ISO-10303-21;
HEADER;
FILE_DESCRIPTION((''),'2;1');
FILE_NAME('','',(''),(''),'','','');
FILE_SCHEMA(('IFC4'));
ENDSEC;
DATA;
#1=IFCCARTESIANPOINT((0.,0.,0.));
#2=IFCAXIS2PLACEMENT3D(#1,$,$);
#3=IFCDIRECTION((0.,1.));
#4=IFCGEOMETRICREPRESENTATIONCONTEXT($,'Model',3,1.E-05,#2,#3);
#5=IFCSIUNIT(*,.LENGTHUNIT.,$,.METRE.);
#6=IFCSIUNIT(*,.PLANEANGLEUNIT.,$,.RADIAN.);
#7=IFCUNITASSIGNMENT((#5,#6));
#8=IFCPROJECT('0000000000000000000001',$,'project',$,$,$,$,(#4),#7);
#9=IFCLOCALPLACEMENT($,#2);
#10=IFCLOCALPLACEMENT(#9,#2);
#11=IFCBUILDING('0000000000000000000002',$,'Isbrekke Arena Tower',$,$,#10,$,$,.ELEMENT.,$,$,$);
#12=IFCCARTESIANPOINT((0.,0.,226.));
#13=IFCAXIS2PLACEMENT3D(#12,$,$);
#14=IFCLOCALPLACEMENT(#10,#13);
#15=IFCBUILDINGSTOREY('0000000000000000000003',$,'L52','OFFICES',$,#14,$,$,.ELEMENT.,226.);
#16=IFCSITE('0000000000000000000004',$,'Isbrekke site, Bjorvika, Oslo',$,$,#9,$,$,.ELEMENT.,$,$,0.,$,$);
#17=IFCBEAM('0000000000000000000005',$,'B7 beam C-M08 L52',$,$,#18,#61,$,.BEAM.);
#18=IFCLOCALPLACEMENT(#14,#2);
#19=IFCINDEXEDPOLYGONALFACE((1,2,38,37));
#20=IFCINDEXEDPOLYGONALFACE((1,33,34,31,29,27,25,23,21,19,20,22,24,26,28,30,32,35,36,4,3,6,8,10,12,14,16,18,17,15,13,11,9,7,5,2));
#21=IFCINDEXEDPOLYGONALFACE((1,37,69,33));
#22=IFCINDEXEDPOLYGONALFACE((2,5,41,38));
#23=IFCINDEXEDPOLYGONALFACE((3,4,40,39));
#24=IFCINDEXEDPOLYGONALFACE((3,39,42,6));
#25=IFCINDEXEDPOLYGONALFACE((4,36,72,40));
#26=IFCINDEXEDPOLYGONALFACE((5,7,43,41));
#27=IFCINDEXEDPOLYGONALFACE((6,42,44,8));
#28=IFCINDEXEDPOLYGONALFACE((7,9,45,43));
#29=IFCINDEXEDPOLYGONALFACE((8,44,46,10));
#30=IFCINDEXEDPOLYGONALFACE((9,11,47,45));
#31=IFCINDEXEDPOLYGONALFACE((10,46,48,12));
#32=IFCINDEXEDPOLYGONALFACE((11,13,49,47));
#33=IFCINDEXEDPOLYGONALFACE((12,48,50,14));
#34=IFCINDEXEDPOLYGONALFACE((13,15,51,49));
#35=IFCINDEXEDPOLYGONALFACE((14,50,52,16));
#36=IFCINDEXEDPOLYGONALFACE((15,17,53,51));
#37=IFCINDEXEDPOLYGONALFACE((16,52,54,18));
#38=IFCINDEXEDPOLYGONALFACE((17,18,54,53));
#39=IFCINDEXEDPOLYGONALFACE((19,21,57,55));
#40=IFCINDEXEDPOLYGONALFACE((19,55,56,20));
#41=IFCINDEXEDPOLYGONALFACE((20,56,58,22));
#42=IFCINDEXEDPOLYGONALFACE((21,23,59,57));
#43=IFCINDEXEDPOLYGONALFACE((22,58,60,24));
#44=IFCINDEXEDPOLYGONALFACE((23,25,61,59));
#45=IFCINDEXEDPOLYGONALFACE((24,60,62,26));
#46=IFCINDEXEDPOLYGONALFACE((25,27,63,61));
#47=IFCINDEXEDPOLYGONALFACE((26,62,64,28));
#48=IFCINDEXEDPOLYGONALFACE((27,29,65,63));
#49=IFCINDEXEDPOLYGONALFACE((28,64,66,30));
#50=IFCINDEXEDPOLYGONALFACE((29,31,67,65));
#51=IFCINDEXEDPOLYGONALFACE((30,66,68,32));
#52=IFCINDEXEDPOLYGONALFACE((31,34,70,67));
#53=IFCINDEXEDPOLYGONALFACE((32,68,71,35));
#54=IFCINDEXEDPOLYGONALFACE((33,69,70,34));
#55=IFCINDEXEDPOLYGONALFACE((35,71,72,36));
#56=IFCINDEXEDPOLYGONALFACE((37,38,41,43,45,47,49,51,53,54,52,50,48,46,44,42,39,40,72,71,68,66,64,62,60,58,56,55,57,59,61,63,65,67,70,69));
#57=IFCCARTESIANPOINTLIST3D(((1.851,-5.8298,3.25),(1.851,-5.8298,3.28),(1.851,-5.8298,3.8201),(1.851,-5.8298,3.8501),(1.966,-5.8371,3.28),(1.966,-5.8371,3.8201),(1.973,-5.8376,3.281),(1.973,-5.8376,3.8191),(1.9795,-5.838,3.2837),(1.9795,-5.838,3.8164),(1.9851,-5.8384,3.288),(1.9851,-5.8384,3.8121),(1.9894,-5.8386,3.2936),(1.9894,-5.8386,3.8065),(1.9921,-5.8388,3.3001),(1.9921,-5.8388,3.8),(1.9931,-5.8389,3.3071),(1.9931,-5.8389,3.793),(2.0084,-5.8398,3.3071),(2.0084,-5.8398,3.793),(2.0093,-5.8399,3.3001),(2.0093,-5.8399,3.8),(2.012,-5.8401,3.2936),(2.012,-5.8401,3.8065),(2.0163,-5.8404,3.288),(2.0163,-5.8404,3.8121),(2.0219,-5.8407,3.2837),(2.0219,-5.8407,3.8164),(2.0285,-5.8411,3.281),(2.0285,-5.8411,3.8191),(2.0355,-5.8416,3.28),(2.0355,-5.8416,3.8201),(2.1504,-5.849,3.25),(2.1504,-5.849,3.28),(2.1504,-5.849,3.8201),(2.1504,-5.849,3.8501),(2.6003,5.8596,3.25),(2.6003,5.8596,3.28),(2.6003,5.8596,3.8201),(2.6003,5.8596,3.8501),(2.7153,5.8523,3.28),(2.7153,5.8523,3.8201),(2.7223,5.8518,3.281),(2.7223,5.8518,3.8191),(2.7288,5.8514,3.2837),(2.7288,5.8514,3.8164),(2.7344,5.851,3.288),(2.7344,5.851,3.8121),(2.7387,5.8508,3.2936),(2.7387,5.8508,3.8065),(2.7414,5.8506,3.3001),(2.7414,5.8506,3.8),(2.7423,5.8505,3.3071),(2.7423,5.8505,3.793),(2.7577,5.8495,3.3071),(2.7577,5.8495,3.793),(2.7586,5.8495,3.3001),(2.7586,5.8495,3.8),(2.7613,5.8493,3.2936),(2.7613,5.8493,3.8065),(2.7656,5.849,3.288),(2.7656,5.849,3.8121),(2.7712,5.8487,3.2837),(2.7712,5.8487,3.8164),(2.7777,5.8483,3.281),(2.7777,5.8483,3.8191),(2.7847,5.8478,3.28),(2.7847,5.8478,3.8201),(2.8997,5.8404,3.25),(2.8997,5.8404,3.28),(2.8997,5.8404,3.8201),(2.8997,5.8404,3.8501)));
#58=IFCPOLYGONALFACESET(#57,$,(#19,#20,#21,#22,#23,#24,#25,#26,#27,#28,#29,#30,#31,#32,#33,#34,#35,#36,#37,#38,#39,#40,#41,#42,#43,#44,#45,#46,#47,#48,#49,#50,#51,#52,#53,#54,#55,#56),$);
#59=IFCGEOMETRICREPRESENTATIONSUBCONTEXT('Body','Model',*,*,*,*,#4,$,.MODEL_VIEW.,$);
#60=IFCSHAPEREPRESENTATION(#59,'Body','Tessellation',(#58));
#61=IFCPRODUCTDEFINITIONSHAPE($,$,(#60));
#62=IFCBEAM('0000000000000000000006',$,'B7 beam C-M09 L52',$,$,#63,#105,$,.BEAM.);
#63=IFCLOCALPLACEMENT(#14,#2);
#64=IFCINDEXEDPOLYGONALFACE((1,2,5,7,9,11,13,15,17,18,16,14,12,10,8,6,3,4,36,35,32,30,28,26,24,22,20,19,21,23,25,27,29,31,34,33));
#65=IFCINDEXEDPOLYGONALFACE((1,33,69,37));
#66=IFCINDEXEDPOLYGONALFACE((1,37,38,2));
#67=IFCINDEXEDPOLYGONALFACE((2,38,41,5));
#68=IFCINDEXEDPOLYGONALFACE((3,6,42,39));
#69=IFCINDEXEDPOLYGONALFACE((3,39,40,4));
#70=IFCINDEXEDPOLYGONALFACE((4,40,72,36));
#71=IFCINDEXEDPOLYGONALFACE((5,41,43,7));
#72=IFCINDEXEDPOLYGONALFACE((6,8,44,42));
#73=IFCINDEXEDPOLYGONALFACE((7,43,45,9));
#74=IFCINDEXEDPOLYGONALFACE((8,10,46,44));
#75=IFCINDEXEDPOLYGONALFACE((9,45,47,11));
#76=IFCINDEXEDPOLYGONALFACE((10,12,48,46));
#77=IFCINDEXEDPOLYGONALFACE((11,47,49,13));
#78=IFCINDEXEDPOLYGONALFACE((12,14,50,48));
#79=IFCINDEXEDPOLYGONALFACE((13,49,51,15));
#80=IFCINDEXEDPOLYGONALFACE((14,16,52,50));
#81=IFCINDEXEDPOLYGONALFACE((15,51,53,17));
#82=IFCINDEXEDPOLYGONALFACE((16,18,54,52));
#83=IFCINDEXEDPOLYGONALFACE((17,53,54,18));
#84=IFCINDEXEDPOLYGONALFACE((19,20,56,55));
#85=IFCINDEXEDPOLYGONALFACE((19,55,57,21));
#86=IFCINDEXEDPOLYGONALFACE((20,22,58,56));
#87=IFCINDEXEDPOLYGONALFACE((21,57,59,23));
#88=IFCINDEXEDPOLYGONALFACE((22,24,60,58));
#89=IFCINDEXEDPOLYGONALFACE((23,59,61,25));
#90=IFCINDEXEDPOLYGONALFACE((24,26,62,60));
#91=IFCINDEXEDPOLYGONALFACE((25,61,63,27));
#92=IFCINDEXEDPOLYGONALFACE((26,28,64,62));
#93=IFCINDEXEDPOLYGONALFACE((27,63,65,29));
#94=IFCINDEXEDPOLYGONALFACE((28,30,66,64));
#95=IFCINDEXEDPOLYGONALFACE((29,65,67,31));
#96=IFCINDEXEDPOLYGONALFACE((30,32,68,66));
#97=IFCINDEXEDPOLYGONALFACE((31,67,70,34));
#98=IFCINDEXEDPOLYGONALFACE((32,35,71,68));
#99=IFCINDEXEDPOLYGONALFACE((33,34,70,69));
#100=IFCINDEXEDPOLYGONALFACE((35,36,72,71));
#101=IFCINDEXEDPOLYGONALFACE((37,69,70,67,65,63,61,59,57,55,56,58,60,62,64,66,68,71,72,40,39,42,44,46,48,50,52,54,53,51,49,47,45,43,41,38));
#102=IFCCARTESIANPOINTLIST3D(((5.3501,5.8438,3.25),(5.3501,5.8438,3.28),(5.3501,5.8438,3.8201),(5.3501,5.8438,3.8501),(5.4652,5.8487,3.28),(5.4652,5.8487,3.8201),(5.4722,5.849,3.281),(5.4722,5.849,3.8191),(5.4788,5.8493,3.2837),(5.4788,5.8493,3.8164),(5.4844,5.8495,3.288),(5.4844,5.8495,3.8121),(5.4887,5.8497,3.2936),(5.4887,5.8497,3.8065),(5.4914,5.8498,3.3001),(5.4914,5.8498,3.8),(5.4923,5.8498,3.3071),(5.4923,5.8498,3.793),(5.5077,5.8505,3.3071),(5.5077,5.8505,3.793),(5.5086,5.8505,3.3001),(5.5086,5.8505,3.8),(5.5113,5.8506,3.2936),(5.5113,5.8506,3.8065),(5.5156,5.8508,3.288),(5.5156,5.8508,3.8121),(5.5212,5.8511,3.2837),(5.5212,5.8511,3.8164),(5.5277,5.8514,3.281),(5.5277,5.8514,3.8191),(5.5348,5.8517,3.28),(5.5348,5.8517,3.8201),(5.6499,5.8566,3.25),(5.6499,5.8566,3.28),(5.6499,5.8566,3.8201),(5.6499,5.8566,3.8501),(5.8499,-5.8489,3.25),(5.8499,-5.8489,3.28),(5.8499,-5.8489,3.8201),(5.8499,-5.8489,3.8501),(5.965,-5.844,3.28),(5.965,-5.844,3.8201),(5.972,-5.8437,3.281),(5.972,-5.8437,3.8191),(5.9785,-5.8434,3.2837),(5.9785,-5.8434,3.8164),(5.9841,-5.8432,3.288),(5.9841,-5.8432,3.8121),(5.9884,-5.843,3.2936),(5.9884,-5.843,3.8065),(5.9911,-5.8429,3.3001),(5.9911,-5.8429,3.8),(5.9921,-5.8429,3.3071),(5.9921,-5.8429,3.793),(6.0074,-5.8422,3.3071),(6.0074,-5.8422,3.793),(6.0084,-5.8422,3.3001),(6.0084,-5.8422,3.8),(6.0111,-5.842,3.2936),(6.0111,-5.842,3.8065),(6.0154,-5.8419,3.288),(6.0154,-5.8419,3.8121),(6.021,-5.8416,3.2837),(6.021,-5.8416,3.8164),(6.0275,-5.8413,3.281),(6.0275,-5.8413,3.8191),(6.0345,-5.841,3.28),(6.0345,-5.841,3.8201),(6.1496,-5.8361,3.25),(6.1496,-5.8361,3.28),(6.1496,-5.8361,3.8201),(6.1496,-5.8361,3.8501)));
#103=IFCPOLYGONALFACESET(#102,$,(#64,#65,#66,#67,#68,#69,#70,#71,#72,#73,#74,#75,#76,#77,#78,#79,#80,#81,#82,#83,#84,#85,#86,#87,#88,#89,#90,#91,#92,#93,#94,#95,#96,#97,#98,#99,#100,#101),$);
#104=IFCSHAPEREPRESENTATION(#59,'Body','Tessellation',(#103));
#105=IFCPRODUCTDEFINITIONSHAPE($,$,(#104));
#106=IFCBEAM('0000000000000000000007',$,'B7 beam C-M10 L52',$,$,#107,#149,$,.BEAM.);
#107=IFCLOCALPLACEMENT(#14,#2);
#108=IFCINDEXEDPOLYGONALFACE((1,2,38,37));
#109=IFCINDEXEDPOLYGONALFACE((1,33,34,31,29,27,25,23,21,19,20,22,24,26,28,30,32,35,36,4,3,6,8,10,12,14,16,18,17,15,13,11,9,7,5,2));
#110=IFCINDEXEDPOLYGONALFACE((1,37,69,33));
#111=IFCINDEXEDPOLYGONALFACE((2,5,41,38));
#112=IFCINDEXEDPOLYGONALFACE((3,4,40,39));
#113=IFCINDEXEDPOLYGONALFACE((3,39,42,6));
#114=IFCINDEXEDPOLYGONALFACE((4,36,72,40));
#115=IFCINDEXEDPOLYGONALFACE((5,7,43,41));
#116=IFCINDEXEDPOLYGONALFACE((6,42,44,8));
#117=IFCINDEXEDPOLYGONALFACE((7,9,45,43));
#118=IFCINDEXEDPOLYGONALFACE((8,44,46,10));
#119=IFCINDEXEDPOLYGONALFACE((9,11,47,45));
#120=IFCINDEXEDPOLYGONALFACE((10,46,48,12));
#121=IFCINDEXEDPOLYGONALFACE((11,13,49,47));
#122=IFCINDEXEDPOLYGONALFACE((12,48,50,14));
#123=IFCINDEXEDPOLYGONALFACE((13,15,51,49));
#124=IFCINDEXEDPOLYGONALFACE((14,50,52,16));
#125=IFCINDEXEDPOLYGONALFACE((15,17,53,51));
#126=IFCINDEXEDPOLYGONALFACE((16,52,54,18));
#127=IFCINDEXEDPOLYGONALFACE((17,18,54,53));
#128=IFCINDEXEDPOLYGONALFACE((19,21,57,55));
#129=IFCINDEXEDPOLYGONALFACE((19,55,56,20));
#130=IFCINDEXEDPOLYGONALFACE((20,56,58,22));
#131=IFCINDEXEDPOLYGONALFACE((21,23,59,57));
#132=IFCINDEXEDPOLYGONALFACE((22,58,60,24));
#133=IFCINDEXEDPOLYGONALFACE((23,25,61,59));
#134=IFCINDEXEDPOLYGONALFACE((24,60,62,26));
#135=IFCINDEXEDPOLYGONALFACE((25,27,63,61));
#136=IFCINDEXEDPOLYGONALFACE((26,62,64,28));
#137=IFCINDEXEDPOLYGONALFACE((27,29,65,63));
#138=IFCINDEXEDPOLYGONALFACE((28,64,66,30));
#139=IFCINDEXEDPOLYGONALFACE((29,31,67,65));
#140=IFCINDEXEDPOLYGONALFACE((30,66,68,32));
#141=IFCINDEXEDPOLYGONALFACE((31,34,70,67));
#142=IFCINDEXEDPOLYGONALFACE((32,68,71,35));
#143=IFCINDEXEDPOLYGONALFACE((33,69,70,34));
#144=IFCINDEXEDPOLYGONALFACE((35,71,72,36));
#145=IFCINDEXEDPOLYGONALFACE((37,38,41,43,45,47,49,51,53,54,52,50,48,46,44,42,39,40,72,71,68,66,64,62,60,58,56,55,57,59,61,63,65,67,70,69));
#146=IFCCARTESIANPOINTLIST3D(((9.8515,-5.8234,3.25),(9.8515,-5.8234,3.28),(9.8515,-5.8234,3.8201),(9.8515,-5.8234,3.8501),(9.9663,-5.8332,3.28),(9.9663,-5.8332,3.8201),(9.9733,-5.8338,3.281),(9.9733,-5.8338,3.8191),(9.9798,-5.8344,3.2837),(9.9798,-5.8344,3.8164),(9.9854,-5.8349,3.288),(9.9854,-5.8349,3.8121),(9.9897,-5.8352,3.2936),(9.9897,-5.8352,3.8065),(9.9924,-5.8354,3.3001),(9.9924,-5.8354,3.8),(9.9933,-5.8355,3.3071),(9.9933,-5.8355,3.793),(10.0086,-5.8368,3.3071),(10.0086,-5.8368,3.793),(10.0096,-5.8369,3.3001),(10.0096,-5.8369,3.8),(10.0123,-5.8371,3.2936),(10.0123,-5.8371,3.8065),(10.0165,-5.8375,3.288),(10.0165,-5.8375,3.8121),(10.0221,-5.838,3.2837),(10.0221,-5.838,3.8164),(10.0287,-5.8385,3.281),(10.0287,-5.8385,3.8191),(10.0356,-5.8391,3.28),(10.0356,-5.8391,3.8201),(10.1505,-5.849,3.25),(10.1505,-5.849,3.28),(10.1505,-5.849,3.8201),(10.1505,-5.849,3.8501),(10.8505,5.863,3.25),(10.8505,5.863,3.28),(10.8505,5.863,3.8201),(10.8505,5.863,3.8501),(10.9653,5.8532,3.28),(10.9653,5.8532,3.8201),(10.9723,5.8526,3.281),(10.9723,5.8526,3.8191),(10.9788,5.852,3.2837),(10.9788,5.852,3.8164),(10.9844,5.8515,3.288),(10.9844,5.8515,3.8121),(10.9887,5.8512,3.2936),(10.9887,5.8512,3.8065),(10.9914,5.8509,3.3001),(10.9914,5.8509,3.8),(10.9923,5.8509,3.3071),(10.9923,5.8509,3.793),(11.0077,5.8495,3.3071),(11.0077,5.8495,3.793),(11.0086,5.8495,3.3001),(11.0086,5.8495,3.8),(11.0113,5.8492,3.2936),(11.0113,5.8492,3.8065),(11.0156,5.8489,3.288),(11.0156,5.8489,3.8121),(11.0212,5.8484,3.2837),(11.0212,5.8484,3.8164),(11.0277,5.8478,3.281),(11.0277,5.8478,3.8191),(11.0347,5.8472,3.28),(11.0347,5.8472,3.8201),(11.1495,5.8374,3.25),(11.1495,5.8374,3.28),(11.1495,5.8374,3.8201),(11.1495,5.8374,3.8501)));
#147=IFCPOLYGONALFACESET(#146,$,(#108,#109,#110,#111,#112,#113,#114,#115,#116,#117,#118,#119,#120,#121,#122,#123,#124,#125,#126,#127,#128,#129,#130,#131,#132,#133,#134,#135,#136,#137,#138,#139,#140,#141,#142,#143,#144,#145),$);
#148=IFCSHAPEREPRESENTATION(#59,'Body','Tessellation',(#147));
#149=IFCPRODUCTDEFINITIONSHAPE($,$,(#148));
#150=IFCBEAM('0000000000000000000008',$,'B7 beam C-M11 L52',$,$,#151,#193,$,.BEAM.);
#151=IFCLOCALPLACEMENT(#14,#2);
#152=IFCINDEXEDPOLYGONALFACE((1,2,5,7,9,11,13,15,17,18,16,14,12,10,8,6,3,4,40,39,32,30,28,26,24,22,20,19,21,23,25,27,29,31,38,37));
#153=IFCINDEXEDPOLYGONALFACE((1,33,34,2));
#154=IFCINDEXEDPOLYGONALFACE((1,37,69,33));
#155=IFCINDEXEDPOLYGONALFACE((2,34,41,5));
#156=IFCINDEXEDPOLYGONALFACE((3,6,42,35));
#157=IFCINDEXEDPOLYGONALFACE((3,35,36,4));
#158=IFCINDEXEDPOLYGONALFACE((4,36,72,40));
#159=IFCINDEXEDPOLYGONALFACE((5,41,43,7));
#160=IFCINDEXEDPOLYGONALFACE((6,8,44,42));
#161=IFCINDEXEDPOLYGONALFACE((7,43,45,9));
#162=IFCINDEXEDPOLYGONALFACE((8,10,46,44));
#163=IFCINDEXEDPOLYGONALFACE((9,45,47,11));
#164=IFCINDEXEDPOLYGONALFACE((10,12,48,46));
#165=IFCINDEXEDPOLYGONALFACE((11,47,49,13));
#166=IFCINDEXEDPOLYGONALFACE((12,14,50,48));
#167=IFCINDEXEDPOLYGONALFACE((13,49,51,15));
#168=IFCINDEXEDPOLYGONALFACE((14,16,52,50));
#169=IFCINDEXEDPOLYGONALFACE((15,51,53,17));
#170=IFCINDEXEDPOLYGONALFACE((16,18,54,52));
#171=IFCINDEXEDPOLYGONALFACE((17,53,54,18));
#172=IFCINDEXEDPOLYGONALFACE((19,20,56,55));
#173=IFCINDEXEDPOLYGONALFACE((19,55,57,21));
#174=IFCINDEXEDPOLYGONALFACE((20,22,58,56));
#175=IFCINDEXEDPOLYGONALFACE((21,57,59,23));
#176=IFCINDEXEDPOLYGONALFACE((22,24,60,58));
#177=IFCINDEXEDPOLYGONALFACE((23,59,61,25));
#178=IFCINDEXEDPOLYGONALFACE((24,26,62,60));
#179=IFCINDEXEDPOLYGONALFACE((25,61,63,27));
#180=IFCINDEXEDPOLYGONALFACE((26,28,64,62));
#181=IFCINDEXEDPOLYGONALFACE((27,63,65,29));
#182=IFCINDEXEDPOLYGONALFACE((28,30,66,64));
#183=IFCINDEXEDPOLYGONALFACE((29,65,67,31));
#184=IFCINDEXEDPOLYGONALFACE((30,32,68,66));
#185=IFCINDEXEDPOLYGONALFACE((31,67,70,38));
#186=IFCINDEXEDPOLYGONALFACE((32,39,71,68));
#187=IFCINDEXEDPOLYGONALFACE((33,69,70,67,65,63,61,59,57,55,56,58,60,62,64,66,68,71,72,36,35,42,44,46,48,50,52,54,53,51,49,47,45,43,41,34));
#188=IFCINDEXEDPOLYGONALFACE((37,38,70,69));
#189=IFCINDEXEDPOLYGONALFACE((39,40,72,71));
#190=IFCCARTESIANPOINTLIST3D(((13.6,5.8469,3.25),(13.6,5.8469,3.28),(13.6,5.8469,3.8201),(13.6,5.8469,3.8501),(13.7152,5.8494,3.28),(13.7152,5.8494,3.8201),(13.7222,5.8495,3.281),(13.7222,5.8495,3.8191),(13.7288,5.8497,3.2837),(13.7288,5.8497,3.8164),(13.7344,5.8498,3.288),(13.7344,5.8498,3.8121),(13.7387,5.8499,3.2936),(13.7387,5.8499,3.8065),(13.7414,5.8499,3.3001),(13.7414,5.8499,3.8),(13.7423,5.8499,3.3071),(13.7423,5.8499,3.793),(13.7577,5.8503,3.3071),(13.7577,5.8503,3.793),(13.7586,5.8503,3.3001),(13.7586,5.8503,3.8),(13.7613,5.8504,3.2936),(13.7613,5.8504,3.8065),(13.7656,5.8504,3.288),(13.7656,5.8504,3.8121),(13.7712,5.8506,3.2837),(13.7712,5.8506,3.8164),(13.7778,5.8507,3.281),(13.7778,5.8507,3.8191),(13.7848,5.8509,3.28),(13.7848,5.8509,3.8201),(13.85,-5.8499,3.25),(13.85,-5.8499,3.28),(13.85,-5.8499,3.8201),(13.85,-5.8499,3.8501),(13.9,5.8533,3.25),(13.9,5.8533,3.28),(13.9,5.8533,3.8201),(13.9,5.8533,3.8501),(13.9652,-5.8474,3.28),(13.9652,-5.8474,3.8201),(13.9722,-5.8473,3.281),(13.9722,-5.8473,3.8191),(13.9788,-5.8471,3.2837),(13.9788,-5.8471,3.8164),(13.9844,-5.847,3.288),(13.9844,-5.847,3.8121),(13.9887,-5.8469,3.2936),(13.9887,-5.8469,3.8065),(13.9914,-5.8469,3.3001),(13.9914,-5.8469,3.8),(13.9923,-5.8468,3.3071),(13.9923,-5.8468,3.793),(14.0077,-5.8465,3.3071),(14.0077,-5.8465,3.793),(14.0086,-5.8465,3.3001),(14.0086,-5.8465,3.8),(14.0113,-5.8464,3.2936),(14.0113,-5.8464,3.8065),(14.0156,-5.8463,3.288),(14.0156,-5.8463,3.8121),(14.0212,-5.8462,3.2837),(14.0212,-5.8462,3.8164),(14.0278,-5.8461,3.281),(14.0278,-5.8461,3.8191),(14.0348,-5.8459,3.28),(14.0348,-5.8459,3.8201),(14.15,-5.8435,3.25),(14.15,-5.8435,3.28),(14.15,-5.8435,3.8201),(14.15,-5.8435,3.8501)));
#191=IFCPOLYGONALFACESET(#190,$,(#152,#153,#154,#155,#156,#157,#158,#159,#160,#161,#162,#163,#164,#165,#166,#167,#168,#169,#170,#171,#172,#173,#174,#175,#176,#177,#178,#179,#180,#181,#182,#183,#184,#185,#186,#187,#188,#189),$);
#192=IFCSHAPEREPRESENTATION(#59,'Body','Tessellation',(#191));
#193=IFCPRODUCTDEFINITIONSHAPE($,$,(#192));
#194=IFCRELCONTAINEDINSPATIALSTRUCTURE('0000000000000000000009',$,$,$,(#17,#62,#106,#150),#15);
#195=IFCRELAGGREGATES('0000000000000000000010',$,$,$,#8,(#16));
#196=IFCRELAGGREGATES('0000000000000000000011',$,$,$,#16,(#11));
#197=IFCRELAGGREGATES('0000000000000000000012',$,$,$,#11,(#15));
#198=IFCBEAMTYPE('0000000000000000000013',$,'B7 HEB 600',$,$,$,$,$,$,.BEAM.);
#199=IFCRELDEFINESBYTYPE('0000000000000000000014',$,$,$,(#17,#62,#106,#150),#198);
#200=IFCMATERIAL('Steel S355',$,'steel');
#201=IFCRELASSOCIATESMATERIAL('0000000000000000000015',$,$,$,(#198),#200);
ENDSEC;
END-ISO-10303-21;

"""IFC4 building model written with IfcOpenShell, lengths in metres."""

from ifc_helpers import new_model, si_unit, direction, frame, origin, origin_2d, place, context, subcontext, project, spatial, i_section, extrude, material, material_profile, profile_set, type_object, element, save


model = new_model("IFC4")

# Units and contexts
model_context = context("Model", 3, precision=1e-05, world=origin(), true_north=direction((0.0, 1.0)))
body_context = subcontext(model_context, "Body", "Model", "MODEL_VIEW")
ifc_project = project(units=[si_unit("LENGTHUNIT", "METRE"), si_unit("PLANEANGLEUNIT", "RADIAN")], contexts=[model_context])

# Site, building, storey
site_placement = place(None, origin())
site = spatial("IfcSite", under=ifc_project, at=site_placement, Name="Isbrekke site, Bjorvika, Oslo", CompositionType="ELEMENT", RefElevation=0.0)
building_placement = place(site_placement, origin())
building = spatial("IfcBuilding", under=site, at=building_placement, Name="Isbrekke Arena Tower", CompositionType="ELEMENT")
storey_placement = place(building_placement, frame((0.0, 0.0, 226.0)))
storey = spatial("IfcBuildingStorey", under=building, at=storey_placement, Name="L52", Description="OFFICES", CompositionType="ELEMENT", Elevation=226.0)

# Beams
ifc_material_1 = material(Name="Steel S355", Category="steel")
ifc_material_profile_1 = material_profile(ifc_material_1, i_section(OverallWidth=0.3, OverallDepth=0.6001, WebThickness=0.0154, FlangeThickness=0.03, FilletRadius=0.0271, at=origin_2d()), Name="HEB 600")
ifc_profile_set_1 = profile_set([ifc_material_profile_1], Name="Steel S355")
beam_type_1 = type_object("IfcBeamType", Name="B7 HEB 600", PredefinedType="BEAM", material=ifc_profile_set_1)
beam_1_placement = place(storey_placement, frame((2.0007, -5.8394, 3.55), z_axis=(0.063966, 0.997952, 0.0), x_axis=(-0.997952, 0.063966, 0.0)))
element("IfcBeam", 1, at=beam_1_placement, inside=storey, type_object=beam_type_1, Name="B7 beam C-M08 L52", PredefinedType="BEAM", context=body_context, shape_type="SweptSolid", body=[
    extrude(i_section(OverallWidth=0.3, OverallDepth=0.6001, WebThickness=0.0154, FlangeThickness=0.03, FilletRadius=0.0271, at=origin_2d()), origin(), (0.0, 0.0, 1.0), 11.7134),
])
beam_2_placement = place(storey_placement, frame((5.9998, -5.8425, 3.55), z_axis=(-0.042702, 0.999088, 0.0), x_axis=(-0.999088, -0.042702, 0.0)))
element("IfcBeam", 2, at=beam_2_placement, inside=storey, type_object=beam_type_1, Name="B7 beam C-M09 L52", PredefinedType="BEAM", context=body_context, shape_type="SweptSolid", body=[
    extrude(i_section(OverallWidth=0.3, OverallDepth=0.6001, WebThickness=0.0154, FlangeThickness=0.03, FilletRadius=0.0271, at=origin_2d()), origin(), (0.0, 0.0, 1.0), 11.7034),
])
beam_3_placement = place(storey_placement, frame((10.001, -5.8362, 3.55), z_axis=(0.085176, 0.996366, 0.0), x_axis=(-0.996366, 0.085176, 0.0)))
element("IfcBeam", 3, at=beam_3_placement, inside=storey, type_object=beam_type_1, Name="B7 beam C-M10 L52", PredefinedType="BEAM", context=body_context, shape_type="SweptSolid", body=[
    extrude(i_section(OverallWidth=0.3, OverallDepth=0.6001, WebThickness=0.0154, FlangeThickness=0.03, FilletRadius=0.0271, at=origin_2d()), origin(), (0.0, 0.0, 1.0), 11.729),
])
beam_4_placement = place(storey_placement, frame((14.0, -5.8467, 3.55), z_axis=(-0.021369, 0.999772, 0.0), x_axis=(-0.999772, -0.021369, 0.0)))
element("IfcBeam", 4, at=beam_4_placement, inside=storey, type_object=beam_type_1, Name="B7 beam C-M11 L52", PredefinedType="BEAM", context=body_context, shape_type="SweptSolid", body=[
    extrude(i_section(OverallWidth=0.3, OverallDepth=0.6001, WebThickness=0.0154, FlangeThickness=0.03, FilletRadius=0.0271, at=origin_2d()), origin(), (0.0, 0.0, 1.0), 11.6995),
])

save(model, "model.ifc")
